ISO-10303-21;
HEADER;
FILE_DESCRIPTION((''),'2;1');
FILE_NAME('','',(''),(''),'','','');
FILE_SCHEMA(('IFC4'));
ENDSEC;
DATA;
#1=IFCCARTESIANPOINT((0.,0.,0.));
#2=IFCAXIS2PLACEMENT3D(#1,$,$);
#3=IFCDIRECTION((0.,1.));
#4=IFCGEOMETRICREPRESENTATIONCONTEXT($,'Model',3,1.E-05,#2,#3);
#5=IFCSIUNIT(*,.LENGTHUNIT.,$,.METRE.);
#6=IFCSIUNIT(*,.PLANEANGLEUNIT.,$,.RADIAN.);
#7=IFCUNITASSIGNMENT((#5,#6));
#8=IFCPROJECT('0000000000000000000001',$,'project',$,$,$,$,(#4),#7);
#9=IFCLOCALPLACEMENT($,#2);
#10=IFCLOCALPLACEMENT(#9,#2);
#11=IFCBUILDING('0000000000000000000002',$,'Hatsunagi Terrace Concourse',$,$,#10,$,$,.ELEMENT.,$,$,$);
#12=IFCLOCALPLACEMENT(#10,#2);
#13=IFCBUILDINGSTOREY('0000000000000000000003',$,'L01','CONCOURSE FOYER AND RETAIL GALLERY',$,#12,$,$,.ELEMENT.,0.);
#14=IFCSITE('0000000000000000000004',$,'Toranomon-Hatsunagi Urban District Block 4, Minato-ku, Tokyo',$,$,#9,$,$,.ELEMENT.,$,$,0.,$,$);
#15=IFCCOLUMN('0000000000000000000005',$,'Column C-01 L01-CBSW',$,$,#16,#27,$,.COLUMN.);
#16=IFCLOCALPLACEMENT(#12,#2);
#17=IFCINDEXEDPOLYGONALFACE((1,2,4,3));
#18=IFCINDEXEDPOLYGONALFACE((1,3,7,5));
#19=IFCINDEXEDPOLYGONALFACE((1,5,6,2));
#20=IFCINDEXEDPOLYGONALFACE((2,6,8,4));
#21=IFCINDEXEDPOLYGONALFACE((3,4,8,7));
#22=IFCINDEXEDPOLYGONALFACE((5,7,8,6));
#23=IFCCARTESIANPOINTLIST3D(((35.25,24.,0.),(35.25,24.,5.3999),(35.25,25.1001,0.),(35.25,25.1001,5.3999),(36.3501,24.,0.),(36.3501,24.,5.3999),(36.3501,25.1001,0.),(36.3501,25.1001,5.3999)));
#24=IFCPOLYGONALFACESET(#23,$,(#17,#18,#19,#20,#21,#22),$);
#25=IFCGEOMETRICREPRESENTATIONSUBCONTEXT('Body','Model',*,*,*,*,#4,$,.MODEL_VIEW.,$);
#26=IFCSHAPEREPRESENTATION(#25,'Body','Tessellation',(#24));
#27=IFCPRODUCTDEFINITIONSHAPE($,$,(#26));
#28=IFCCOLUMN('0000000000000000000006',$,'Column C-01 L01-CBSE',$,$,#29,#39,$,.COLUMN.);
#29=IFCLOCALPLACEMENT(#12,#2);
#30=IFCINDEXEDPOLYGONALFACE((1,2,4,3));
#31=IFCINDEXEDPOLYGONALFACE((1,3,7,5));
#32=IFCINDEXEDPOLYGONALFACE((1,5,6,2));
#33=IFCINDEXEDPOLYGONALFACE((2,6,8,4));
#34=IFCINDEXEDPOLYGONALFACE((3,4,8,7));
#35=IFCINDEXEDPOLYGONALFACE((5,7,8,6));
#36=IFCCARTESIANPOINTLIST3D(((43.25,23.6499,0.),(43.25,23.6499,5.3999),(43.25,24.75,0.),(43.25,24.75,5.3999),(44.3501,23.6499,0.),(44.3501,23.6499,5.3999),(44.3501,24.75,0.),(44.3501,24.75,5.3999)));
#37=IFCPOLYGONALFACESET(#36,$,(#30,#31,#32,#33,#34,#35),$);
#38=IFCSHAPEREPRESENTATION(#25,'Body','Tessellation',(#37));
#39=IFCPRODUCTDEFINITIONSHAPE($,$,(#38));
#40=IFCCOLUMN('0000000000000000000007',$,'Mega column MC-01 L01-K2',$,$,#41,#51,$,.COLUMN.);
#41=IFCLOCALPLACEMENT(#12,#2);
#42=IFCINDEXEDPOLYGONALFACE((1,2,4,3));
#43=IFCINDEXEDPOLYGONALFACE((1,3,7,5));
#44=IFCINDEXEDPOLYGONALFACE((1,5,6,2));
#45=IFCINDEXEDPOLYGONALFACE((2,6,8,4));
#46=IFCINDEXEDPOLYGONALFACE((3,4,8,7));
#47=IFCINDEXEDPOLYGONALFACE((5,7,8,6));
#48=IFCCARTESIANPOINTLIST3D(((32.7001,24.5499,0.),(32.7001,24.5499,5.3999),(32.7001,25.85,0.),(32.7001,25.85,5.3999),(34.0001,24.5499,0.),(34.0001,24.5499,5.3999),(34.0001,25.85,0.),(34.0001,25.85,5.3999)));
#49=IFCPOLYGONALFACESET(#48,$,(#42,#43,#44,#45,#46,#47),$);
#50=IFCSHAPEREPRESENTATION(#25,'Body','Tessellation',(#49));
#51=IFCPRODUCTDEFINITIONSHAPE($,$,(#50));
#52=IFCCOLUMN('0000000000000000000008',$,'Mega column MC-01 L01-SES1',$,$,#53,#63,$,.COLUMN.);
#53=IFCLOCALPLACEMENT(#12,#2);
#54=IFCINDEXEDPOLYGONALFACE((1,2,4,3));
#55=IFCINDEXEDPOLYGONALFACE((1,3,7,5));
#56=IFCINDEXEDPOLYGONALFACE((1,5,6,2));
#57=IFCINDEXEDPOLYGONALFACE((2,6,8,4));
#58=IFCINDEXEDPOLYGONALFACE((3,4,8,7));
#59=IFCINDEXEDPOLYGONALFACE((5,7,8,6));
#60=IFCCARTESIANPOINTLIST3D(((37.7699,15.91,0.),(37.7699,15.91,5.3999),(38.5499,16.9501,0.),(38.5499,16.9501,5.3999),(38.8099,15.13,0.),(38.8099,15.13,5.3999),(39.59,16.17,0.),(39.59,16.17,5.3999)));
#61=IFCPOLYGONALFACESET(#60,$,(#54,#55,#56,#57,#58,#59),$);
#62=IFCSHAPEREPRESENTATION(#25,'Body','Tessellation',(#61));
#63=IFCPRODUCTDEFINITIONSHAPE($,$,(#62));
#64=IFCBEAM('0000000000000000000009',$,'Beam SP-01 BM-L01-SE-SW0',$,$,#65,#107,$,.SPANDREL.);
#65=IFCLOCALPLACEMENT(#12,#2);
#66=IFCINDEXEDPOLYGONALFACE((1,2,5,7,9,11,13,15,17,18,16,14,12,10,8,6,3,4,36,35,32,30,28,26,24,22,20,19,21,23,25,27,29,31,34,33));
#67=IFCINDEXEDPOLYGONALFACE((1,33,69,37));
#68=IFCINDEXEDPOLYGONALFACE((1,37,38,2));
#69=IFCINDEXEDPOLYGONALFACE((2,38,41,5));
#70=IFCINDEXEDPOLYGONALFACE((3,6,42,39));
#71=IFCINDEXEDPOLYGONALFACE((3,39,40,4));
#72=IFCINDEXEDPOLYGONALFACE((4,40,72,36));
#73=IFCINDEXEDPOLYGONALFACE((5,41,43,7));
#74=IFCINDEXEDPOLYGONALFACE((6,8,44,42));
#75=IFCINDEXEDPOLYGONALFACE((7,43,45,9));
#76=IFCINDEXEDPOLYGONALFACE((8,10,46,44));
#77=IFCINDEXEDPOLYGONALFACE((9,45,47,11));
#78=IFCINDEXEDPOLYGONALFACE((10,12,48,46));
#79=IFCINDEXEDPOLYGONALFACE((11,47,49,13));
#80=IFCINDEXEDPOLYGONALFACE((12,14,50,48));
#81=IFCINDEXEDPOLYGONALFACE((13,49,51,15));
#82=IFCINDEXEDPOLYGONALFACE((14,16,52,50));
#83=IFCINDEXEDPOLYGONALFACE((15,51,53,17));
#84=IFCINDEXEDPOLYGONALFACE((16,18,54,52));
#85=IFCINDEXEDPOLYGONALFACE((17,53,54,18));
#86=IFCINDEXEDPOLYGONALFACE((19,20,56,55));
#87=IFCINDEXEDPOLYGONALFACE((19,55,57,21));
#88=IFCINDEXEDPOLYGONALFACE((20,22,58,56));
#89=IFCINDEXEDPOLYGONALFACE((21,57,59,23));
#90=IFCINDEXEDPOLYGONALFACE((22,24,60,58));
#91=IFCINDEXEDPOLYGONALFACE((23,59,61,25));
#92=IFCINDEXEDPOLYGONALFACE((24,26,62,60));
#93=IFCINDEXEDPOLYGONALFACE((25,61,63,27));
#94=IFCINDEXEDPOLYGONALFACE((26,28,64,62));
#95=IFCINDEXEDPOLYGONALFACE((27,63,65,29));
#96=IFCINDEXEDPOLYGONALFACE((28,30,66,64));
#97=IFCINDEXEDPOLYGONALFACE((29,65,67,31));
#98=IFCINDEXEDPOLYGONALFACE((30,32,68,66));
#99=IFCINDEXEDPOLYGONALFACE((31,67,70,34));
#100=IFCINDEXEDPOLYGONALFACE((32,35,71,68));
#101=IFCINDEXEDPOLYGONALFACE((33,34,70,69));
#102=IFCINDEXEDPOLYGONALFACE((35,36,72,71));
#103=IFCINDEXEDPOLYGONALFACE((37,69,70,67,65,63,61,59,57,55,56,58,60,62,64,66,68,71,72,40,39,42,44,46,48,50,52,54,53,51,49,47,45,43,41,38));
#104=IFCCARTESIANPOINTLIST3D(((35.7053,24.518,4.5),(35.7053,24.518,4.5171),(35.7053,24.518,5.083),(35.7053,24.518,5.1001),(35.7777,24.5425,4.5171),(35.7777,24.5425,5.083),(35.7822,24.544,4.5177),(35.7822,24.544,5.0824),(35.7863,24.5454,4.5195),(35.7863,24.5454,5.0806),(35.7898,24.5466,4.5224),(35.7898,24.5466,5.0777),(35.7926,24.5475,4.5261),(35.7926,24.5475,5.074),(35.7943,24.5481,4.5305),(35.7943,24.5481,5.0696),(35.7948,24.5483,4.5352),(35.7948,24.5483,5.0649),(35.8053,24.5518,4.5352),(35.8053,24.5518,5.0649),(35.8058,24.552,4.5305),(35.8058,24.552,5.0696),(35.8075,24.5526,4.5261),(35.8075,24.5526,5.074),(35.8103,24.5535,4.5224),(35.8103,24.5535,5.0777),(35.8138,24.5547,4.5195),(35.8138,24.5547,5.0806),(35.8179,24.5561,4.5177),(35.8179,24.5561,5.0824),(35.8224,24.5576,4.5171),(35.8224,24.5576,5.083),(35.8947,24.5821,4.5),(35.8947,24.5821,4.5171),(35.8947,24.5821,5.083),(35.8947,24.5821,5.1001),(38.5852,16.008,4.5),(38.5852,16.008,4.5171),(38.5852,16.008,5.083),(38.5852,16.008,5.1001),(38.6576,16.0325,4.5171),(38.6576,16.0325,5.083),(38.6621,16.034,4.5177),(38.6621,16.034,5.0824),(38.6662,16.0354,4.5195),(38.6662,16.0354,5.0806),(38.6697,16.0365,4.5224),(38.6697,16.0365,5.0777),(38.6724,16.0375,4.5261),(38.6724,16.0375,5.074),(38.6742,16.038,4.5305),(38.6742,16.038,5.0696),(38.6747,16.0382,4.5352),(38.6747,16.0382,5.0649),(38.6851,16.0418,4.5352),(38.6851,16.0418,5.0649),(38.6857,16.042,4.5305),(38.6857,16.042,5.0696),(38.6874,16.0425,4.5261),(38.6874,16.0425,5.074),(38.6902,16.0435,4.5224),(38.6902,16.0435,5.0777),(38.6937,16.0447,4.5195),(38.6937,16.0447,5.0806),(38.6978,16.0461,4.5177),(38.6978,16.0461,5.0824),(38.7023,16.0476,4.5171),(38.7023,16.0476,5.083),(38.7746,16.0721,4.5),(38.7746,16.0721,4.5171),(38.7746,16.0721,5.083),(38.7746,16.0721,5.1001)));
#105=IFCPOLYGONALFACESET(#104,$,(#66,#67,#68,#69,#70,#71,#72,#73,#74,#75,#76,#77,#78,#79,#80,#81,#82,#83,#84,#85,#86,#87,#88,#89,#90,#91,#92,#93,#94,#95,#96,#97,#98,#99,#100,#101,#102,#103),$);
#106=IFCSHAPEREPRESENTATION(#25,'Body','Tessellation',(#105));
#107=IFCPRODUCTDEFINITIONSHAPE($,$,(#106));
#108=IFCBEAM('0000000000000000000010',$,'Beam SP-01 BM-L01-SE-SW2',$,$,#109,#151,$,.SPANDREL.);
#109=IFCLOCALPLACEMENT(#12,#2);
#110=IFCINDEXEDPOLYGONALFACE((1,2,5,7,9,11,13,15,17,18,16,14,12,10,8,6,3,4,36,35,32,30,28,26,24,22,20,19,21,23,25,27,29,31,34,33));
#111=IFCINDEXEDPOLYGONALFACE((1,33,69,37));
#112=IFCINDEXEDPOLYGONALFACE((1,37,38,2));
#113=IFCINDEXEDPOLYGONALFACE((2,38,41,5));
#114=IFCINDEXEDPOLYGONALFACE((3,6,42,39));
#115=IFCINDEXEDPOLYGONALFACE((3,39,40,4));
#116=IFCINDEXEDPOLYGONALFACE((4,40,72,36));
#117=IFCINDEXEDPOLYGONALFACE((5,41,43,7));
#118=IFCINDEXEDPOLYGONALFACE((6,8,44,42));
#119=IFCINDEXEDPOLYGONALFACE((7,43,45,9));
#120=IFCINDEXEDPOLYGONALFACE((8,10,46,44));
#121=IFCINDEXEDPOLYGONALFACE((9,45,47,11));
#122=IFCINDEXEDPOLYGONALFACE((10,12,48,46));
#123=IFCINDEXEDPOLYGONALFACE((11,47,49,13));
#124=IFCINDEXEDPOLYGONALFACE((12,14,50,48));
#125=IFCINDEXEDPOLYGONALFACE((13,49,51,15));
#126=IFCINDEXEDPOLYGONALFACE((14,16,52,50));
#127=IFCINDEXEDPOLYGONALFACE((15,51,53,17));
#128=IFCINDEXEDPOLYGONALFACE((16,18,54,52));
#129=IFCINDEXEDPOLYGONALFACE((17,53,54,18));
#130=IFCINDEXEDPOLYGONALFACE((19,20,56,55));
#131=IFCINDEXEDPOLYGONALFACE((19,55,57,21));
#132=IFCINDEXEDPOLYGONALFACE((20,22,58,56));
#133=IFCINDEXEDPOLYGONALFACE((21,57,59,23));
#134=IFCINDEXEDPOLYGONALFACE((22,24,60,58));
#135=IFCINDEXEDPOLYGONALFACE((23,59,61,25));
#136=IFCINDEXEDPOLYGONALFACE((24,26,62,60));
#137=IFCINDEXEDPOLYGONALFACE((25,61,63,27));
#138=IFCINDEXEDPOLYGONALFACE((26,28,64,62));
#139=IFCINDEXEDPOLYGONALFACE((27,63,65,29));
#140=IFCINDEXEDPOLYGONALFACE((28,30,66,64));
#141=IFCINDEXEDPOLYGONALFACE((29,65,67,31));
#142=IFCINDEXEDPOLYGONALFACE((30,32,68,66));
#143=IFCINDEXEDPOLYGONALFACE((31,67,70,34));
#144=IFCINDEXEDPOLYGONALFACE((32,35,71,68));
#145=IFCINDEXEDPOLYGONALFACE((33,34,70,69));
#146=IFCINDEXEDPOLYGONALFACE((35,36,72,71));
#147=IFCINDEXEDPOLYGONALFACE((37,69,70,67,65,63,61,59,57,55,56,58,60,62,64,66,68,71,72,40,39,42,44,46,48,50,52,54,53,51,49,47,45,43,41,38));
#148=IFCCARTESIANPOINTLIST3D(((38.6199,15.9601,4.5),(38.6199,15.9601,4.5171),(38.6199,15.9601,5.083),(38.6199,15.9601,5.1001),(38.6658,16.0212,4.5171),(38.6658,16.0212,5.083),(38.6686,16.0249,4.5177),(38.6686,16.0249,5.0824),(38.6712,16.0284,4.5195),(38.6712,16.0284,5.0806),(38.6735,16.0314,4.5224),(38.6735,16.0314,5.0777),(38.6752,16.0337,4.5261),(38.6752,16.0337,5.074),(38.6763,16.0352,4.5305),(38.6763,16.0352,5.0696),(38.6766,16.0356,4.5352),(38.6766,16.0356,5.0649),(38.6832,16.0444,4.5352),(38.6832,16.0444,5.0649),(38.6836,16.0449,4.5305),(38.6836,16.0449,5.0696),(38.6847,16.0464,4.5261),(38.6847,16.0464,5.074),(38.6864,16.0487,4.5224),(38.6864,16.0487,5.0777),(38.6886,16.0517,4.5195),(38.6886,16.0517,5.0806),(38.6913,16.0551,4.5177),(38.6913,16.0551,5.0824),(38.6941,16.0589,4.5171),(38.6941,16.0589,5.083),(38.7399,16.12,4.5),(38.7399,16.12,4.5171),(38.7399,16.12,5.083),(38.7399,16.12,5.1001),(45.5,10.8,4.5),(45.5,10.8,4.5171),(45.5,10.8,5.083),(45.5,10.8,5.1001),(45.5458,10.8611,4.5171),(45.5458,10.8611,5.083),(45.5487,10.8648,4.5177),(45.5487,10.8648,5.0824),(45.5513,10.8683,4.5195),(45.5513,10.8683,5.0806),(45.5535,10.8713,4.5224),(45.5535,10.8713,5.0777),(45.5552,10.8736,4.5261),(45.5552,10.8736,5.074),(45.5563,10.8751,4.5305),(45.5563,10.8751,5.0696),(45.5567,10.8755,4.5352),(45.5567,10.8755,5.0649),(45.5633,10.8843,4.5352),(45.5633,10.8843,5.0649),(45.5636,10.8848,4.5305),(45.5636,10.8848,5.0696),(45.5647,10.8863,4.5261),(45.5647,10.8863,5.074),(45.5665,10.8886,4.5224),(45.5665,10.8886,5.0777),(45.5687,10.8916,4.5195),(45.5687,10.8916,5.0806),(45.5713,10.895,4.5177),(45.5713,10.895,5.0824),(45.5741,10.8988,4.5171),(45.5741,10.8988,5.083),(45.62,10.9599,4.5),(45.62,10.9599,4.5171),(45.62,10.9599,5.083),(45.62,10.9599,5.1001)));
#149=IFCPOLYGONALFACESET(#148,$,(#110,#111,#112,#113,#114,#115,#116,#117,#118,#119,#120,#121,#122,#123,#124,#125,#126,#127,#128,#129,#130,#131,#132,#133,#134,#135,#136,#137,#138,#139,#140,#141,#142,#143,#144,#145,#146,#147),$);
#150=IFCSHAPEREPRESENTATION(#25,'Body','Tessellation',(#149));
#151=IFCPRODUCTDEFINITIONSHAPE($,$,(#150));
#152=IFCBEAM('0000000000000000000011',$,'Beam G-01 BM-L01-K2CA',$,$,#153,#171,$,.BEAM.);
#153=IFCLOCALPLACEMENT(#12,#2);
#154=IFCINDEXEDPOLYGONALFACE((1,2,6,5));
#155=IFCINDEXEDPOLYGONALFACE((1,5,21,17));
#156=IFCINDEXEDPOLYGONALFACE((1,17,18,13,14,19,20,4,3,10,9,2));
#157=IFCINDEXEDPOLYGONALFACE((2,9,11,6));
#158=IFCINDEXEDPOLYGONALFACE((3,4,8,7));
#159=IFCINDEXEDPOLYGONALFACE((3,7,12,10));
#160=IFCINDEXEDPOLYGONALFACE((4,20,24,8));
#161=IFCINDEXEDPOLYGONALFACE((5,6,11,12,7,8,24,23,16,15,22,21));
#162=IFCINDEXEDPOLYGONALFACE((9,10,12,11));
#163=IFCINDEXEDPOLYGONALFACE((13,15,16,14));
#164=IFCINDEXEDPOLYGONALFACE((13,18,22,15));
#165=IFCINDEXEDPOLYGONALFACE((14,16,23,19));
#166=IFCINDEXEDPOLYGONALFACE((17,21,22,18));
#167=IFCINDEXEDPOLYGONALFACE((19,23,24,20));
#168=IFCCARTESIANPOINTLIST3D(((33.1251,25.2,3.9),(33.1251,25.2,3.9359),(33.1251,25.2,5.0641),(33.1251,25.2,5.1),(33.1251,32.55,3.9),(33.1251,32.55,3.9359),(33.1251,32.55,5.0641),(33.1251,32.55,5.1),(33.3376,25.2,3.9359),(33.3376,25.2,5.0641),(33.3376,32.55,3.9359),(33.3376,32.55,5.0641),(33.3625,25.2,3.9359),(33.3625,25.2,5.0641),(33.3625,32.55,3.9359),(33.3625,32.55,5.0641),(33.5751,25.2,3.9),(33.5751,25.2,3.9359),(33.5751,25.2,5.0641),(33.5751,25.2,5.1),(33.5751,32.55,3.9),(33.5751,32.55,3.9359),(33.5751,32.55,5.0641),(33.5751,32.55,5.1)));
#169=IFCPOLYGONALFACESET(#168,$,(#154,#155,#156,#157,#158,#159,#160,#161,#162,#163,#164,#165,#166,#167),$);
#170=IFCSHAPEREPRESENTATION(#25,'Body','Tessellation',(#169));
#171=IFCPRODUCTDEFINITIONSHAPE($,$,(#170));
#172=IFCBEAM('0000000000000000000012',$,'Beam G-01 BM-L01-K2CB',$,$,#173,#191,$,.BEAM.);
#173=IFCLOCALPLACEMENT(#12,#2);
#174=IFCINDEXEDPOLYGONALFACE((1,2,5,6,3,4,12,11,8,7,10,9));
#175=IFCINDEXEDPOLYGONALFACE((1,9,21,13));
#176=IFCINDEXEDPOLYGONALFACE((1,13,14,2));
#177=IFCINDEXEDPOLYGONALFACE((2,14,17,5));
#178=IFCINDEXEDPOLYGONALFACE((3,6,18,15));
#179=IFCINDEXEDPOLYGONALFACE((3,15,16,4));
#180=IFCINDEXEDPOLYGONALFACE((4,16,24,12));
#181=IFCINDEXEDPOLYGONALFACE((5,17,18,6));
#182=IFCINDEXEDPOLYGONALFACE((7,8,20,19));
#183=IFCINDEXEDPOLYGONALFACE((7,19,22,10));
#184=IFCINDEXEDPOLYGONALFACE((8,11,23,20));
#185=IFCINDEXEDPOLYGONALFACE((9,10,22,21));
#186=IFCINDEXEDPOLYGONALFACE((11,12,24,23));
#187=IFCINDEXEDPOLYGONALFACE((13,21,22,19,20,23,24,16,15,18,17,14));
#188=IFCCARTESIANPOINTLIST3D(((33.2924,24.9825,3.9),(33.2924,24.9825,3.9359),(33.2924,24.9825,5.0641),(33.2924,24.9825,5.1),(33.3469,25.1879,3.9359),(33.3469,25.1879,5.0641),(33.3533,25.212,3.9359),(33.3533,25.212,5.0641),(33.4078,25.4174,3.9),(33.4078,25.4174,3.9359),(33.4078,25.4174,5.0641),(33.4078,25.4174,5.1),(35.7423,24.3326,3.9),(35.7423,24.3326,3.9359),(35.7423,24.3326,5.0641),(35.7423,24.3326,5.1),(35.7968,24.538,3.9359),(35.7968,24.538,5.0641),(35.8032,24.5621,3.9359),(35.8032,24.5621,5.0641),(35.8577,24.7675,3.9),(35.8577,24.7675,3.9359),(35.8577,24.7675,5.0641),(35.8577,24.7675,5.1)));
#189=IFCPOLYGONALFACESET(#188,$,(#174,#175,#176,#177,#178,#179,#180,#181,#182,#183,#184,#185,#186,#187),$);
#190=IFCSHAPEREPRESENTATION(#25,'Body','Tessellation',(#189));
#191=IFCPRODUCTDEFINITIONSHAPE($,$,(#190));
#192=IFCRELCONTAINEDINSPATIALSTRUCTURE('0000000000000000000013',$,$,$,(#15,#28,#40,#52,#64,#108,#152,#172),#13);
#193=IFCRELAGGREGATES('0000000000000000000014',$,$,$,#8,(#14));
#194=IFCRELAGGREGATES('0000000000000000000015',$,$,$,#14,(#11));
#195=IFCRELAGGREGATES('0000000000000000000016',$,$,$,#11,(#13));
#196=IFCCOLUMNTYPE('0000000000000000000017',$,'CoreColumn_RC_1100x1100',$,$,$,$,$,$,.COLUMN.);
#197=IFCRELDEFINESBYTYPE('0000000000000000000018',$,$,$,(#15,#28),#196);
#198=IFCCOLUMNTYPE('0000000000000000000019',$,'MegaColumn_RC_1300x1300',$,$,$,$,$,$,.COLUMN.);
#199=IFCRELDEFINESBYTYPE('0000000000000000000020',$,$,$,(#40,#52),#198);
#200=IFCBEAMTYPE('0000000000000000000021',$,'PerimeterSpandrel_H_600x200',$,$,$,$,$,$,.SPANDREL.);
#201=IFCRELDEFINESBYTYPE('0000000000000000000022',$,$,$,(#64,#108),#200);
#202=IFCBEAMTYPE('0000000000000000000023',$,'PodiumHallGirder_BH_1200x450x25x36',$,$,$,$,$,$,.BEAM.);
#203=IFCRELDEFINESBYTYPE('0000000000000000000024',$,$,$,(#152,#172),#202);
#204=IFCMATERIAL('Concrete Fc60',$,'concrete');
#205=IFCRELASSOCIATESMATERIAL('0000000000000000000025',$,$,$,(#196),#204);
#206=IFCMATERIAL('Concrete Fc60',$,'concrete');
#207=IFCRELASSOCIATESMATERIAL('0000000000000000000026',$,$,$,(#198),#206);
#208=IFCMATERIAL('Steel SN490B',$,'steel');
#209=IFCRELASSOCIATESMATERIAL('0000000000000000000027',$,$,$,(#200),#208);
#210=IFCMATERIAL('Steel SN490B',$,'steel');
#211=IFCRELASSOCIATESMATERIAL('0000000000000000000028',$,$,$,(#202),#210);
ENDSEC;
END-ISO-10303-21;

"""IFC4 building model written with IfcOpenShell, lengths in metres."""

from ifc_helpers import new_model, si_unit, direction, frame, origin, origin_2d, place, context, subcontext, project, spatial, rectangle, i_section, extrude, material, material_profile, profile_set, type_object, element, save


model = new_model("IFC4")

# Units and contexts
model_context = context("Model", 3, precision=1e-05, world=origin(), true_north=direction((0.0, 1.0)))
body_context = subcontext(model_context, "Body", "Model", "MODEL_VIEW")
ifc_project = project(units=[si_unit("LENGTHUNIT", "METRE"), si_unit("PLANEANGLEUNIT", "RADIAN")], contexts=[model_context])

# Site, building, storey
site_placement = place(None, origin())
site = spatial("IfcSite", under=ifc_project, at=site_placement, Name="Toranomon-Hatsunagi Urban District Block 4, Minato-ku, Tokyo", CompositionType="ELEMENT", RefElevation=0.0)
building_placement = place(site_placement, origin())
building = spatial("IfcBuilding", under=site, at=building_placement, Name="Hatsunagi Terrace Concourse", CompositionType="ELEMENT")
storey_placement = place(building_placement, origin())
storey = spatial("IfcBuildingStorey", under=building, at=storey_placement, Name="L01", Description="CONCOURSE FOYER AND RETAIL GALLERY", CompositionType="ELEMENT", Elevation=0.0)

# Columns
ifc_material_1 = material(Name="Concrete Fc60", Category="concrete")
ifc_material_profile_1 = material_profile(ifc_material_1, rectangle(XDim=1.1001, YDim=1.1001, at=origin_2d()), Name="RC-1100x1100")
ifc_profile_set_1 = profile_set([ifc_material_profile_1], Name="Concrete Fc60")
column_type_1 = type_object("IfcColumnType", Name="CoreColumn_RC_1100x1100", PredefinedType="COLUMN", material=ifc_profile_set_1)
for number, where, z_axis, x_axis, name in (
    (1, (35.8, 24.55, 0.0), (0.0, 0.0, 1.0), (1.0, 0.0, 0.0), "Column C-01 L01-CBSW"),
    (2, (43.8, 24.2, 0.0), (0.0, 0.0, 1.0), (1.0, 0.0, 0.0), "Column C-01 L01-CBSE"),
):
    element("IfcColumn", number, at=place(storey_placement, frame(where, z_axis=z_axis, x_axis=x_axis)), inside=storey, type_object=column_type_1, Name=name, PredefinedType="COLUMN", context=body_context, shape_type="SweptSolid", body=[
        extrude(rectangle(XDim=1.1001, YDim=1.1001, at=origin_2d()), origin(), (0.0, 0.0, 1.0), 5.3999),
    ])
ifc_material_2 = material(Name="Concrete Fc60", Category="concrete")
ifc_material_profile_2 = material_profile(ifc_material_2, rectangle(XDim=1.3, YDim=1.3, at=origin_2d()), Name="RC-1300x1300")
ifc_profile_set_2 = profile_set([ifc_material_profile_2], Name="Concrete Fc60")
column_type_2 = type_object("IfcColumnType", Name="MegaColumn_RC_1300x1300", PredefinedType="COLUMN", material=ifc_profile_set_2)
for number, where, z_axis, x_axis, name in (
    (3, (33.3501, 25.2, 0.0), (0.0, 0.0, 1.0), (1.0, 0.0, 0.0), "Mega column MC-01 L01-K2"),
    (4, (38.6799, 16.04, 0.0), (0.0, 0.0, 1.0), (0.8, -0.6, 0.0), "Mega column MC-01 L01-SES1"),
):
    element("IfcColumn", number, at=place(storey_placement, frame(where, z_axis=z_axis, x_axis=x_axis)), inside=storey, type_object=column_type_2, Name=name, PredefinedType="COLUMN", context=body_context, shape_type="SweptSolid", body=[
        extrude(rectangle(XDim=1.3, YDim=1.3, at=origin_2d()), origin(), (0.0, 0.0, 1.0), 5.3999),
    ])

# Beams
ifc_material_3 = material(Name="Steel SN490B", Category="steel")
ifc_material_profile_3 = material_profile(ifc_material_3, i_section(OverallWidth=0.2, OverallDepth=0.6001, WebThickness=0.011, FlangeThickness=0.0171, FilletRadius=0.0181, at=origin_2d()), Name="H-600x200x11x17")
ifc_profile_set_3 = profile_set([ifc_material_profile_3], Name="Steel SN490B")
beam_type_1 = type_object("IfcBeamType", Name="PerimeterSpandrel_H_600x200", PredefinedType="SPANDREL", material=ifc_profile_set_3)
beam_1_placement = place(storey_placement, frame((35.8, 24.55, 4.8), z_axis=(0.320553, -0.94723, 0.0), x_axis=(0.94723, 0.320553, 0.0)))
element("IfcBeam", 5, at=beam_1_placement, inside=storey, type_object=beam_type_1, Name="Beam SP-01 BM-L01-SE-SW0", PredefinedType="SPANDREL", context=body_context, shape_type="SweptSolid", body=[
    extrude(i_section(OverallWidth=0.2, OverallDepth=0.6001, WebThickness=0.011, FlangeThickness=0.0171, FilletRadius=0.0181, at=origin_2d()), origin(), (0.0, 0.0, 1.0), 8.9841),
])
beam_2_placement = place(storey_placement, frame((38.6799, 16.04, 4.8), z_axis=(0.799997, -0.600005, 0.0), x_axis=(0.600005, 0.799997, 0.0)))
element("IfcBeam", 6, at=beam_2_placement, inside=storey, type_object=beam_type_1, Name="Beam SP-01 BM-L01-SE-SW2", PredefinedType="SPANDREL", context=body_context, shape_type="SweptSolid", body=[
    extrude(i_section(OverallWidth=0.2, OverallDepth=0.6001, WebThickness=0.011, FlangeThickness=0.0171, FilletRadius=0.0181, at=origin_2d()), origin(), (0.0, 0.0, 1.0), 8.6001),
])
ifc_material_4 = material(Name="Steel SN490B", Category="steel")
ifc_material_profile_4 = material_profile(ifc_material_4, i_section(OverallWidth=0.45, OverallDepth=1.2, WebThickness=0.0249, FlangeThickness=0.0359, at=origin_2d()), Name="BH-1200x450x25x36")
ifc_profile_set_4 = profile_set([ifc_material_profile_4], Name="Steel SN490B")
beam_type_2 = type_object("IfcBeamType", Name="PodiumHallGirder_BH_1200x450x25x36", PredefinedType="BEAM", material=ifc_profile_set_4)
beam_3_placement = place(storey_placement, frame((33.3501, 25.2, 4.5), z_axis=(0.0, 1.0, 0.0), x_axis=(-1.0, 0.0, 0.0)))
element("IfcBeam", 7, at=beam_3_placement, inside=storey, type_object=beam_type_2, Name="Beam G-01 BM-L01-K2CA", PredefinedType="BEAM", context=body_context, shape_type="SweptSolid", body=[
    extrude(i_section(OverallWidth=0.45, OverallDepth=1.2, WebThickness=0.0249, FlangeThickness=0.0359, at=origin_2d()), origin(), (0.0, 0.0, 1.0), 7.3501),
])
beam_4_placement = place(storey_placement, frame((33.3501, 25.2, 4.5), z_axis=(0.96657, -0.256403, 0.0), x_axis=(0.256403, 0.96657, 0.0)))
element("IfcBeam", 8, at=beam_4_placement, inside=storey, type_object=beam_type_2, Name="Beam G-01 BM-L01-K2CB", PredefinedType="BEAM", context=body_context, shape_type="SweptSolid", body=[
    extrude(i_section(OverallWidth=0.45, OverallDepth=1.2, WebThickness=0.0249, FlangeThickness=0.0359, at=origin_2d()), origin(), (0.0, 0.0, 1.0), 2.5347),
])

save(model, "model.ifc")
